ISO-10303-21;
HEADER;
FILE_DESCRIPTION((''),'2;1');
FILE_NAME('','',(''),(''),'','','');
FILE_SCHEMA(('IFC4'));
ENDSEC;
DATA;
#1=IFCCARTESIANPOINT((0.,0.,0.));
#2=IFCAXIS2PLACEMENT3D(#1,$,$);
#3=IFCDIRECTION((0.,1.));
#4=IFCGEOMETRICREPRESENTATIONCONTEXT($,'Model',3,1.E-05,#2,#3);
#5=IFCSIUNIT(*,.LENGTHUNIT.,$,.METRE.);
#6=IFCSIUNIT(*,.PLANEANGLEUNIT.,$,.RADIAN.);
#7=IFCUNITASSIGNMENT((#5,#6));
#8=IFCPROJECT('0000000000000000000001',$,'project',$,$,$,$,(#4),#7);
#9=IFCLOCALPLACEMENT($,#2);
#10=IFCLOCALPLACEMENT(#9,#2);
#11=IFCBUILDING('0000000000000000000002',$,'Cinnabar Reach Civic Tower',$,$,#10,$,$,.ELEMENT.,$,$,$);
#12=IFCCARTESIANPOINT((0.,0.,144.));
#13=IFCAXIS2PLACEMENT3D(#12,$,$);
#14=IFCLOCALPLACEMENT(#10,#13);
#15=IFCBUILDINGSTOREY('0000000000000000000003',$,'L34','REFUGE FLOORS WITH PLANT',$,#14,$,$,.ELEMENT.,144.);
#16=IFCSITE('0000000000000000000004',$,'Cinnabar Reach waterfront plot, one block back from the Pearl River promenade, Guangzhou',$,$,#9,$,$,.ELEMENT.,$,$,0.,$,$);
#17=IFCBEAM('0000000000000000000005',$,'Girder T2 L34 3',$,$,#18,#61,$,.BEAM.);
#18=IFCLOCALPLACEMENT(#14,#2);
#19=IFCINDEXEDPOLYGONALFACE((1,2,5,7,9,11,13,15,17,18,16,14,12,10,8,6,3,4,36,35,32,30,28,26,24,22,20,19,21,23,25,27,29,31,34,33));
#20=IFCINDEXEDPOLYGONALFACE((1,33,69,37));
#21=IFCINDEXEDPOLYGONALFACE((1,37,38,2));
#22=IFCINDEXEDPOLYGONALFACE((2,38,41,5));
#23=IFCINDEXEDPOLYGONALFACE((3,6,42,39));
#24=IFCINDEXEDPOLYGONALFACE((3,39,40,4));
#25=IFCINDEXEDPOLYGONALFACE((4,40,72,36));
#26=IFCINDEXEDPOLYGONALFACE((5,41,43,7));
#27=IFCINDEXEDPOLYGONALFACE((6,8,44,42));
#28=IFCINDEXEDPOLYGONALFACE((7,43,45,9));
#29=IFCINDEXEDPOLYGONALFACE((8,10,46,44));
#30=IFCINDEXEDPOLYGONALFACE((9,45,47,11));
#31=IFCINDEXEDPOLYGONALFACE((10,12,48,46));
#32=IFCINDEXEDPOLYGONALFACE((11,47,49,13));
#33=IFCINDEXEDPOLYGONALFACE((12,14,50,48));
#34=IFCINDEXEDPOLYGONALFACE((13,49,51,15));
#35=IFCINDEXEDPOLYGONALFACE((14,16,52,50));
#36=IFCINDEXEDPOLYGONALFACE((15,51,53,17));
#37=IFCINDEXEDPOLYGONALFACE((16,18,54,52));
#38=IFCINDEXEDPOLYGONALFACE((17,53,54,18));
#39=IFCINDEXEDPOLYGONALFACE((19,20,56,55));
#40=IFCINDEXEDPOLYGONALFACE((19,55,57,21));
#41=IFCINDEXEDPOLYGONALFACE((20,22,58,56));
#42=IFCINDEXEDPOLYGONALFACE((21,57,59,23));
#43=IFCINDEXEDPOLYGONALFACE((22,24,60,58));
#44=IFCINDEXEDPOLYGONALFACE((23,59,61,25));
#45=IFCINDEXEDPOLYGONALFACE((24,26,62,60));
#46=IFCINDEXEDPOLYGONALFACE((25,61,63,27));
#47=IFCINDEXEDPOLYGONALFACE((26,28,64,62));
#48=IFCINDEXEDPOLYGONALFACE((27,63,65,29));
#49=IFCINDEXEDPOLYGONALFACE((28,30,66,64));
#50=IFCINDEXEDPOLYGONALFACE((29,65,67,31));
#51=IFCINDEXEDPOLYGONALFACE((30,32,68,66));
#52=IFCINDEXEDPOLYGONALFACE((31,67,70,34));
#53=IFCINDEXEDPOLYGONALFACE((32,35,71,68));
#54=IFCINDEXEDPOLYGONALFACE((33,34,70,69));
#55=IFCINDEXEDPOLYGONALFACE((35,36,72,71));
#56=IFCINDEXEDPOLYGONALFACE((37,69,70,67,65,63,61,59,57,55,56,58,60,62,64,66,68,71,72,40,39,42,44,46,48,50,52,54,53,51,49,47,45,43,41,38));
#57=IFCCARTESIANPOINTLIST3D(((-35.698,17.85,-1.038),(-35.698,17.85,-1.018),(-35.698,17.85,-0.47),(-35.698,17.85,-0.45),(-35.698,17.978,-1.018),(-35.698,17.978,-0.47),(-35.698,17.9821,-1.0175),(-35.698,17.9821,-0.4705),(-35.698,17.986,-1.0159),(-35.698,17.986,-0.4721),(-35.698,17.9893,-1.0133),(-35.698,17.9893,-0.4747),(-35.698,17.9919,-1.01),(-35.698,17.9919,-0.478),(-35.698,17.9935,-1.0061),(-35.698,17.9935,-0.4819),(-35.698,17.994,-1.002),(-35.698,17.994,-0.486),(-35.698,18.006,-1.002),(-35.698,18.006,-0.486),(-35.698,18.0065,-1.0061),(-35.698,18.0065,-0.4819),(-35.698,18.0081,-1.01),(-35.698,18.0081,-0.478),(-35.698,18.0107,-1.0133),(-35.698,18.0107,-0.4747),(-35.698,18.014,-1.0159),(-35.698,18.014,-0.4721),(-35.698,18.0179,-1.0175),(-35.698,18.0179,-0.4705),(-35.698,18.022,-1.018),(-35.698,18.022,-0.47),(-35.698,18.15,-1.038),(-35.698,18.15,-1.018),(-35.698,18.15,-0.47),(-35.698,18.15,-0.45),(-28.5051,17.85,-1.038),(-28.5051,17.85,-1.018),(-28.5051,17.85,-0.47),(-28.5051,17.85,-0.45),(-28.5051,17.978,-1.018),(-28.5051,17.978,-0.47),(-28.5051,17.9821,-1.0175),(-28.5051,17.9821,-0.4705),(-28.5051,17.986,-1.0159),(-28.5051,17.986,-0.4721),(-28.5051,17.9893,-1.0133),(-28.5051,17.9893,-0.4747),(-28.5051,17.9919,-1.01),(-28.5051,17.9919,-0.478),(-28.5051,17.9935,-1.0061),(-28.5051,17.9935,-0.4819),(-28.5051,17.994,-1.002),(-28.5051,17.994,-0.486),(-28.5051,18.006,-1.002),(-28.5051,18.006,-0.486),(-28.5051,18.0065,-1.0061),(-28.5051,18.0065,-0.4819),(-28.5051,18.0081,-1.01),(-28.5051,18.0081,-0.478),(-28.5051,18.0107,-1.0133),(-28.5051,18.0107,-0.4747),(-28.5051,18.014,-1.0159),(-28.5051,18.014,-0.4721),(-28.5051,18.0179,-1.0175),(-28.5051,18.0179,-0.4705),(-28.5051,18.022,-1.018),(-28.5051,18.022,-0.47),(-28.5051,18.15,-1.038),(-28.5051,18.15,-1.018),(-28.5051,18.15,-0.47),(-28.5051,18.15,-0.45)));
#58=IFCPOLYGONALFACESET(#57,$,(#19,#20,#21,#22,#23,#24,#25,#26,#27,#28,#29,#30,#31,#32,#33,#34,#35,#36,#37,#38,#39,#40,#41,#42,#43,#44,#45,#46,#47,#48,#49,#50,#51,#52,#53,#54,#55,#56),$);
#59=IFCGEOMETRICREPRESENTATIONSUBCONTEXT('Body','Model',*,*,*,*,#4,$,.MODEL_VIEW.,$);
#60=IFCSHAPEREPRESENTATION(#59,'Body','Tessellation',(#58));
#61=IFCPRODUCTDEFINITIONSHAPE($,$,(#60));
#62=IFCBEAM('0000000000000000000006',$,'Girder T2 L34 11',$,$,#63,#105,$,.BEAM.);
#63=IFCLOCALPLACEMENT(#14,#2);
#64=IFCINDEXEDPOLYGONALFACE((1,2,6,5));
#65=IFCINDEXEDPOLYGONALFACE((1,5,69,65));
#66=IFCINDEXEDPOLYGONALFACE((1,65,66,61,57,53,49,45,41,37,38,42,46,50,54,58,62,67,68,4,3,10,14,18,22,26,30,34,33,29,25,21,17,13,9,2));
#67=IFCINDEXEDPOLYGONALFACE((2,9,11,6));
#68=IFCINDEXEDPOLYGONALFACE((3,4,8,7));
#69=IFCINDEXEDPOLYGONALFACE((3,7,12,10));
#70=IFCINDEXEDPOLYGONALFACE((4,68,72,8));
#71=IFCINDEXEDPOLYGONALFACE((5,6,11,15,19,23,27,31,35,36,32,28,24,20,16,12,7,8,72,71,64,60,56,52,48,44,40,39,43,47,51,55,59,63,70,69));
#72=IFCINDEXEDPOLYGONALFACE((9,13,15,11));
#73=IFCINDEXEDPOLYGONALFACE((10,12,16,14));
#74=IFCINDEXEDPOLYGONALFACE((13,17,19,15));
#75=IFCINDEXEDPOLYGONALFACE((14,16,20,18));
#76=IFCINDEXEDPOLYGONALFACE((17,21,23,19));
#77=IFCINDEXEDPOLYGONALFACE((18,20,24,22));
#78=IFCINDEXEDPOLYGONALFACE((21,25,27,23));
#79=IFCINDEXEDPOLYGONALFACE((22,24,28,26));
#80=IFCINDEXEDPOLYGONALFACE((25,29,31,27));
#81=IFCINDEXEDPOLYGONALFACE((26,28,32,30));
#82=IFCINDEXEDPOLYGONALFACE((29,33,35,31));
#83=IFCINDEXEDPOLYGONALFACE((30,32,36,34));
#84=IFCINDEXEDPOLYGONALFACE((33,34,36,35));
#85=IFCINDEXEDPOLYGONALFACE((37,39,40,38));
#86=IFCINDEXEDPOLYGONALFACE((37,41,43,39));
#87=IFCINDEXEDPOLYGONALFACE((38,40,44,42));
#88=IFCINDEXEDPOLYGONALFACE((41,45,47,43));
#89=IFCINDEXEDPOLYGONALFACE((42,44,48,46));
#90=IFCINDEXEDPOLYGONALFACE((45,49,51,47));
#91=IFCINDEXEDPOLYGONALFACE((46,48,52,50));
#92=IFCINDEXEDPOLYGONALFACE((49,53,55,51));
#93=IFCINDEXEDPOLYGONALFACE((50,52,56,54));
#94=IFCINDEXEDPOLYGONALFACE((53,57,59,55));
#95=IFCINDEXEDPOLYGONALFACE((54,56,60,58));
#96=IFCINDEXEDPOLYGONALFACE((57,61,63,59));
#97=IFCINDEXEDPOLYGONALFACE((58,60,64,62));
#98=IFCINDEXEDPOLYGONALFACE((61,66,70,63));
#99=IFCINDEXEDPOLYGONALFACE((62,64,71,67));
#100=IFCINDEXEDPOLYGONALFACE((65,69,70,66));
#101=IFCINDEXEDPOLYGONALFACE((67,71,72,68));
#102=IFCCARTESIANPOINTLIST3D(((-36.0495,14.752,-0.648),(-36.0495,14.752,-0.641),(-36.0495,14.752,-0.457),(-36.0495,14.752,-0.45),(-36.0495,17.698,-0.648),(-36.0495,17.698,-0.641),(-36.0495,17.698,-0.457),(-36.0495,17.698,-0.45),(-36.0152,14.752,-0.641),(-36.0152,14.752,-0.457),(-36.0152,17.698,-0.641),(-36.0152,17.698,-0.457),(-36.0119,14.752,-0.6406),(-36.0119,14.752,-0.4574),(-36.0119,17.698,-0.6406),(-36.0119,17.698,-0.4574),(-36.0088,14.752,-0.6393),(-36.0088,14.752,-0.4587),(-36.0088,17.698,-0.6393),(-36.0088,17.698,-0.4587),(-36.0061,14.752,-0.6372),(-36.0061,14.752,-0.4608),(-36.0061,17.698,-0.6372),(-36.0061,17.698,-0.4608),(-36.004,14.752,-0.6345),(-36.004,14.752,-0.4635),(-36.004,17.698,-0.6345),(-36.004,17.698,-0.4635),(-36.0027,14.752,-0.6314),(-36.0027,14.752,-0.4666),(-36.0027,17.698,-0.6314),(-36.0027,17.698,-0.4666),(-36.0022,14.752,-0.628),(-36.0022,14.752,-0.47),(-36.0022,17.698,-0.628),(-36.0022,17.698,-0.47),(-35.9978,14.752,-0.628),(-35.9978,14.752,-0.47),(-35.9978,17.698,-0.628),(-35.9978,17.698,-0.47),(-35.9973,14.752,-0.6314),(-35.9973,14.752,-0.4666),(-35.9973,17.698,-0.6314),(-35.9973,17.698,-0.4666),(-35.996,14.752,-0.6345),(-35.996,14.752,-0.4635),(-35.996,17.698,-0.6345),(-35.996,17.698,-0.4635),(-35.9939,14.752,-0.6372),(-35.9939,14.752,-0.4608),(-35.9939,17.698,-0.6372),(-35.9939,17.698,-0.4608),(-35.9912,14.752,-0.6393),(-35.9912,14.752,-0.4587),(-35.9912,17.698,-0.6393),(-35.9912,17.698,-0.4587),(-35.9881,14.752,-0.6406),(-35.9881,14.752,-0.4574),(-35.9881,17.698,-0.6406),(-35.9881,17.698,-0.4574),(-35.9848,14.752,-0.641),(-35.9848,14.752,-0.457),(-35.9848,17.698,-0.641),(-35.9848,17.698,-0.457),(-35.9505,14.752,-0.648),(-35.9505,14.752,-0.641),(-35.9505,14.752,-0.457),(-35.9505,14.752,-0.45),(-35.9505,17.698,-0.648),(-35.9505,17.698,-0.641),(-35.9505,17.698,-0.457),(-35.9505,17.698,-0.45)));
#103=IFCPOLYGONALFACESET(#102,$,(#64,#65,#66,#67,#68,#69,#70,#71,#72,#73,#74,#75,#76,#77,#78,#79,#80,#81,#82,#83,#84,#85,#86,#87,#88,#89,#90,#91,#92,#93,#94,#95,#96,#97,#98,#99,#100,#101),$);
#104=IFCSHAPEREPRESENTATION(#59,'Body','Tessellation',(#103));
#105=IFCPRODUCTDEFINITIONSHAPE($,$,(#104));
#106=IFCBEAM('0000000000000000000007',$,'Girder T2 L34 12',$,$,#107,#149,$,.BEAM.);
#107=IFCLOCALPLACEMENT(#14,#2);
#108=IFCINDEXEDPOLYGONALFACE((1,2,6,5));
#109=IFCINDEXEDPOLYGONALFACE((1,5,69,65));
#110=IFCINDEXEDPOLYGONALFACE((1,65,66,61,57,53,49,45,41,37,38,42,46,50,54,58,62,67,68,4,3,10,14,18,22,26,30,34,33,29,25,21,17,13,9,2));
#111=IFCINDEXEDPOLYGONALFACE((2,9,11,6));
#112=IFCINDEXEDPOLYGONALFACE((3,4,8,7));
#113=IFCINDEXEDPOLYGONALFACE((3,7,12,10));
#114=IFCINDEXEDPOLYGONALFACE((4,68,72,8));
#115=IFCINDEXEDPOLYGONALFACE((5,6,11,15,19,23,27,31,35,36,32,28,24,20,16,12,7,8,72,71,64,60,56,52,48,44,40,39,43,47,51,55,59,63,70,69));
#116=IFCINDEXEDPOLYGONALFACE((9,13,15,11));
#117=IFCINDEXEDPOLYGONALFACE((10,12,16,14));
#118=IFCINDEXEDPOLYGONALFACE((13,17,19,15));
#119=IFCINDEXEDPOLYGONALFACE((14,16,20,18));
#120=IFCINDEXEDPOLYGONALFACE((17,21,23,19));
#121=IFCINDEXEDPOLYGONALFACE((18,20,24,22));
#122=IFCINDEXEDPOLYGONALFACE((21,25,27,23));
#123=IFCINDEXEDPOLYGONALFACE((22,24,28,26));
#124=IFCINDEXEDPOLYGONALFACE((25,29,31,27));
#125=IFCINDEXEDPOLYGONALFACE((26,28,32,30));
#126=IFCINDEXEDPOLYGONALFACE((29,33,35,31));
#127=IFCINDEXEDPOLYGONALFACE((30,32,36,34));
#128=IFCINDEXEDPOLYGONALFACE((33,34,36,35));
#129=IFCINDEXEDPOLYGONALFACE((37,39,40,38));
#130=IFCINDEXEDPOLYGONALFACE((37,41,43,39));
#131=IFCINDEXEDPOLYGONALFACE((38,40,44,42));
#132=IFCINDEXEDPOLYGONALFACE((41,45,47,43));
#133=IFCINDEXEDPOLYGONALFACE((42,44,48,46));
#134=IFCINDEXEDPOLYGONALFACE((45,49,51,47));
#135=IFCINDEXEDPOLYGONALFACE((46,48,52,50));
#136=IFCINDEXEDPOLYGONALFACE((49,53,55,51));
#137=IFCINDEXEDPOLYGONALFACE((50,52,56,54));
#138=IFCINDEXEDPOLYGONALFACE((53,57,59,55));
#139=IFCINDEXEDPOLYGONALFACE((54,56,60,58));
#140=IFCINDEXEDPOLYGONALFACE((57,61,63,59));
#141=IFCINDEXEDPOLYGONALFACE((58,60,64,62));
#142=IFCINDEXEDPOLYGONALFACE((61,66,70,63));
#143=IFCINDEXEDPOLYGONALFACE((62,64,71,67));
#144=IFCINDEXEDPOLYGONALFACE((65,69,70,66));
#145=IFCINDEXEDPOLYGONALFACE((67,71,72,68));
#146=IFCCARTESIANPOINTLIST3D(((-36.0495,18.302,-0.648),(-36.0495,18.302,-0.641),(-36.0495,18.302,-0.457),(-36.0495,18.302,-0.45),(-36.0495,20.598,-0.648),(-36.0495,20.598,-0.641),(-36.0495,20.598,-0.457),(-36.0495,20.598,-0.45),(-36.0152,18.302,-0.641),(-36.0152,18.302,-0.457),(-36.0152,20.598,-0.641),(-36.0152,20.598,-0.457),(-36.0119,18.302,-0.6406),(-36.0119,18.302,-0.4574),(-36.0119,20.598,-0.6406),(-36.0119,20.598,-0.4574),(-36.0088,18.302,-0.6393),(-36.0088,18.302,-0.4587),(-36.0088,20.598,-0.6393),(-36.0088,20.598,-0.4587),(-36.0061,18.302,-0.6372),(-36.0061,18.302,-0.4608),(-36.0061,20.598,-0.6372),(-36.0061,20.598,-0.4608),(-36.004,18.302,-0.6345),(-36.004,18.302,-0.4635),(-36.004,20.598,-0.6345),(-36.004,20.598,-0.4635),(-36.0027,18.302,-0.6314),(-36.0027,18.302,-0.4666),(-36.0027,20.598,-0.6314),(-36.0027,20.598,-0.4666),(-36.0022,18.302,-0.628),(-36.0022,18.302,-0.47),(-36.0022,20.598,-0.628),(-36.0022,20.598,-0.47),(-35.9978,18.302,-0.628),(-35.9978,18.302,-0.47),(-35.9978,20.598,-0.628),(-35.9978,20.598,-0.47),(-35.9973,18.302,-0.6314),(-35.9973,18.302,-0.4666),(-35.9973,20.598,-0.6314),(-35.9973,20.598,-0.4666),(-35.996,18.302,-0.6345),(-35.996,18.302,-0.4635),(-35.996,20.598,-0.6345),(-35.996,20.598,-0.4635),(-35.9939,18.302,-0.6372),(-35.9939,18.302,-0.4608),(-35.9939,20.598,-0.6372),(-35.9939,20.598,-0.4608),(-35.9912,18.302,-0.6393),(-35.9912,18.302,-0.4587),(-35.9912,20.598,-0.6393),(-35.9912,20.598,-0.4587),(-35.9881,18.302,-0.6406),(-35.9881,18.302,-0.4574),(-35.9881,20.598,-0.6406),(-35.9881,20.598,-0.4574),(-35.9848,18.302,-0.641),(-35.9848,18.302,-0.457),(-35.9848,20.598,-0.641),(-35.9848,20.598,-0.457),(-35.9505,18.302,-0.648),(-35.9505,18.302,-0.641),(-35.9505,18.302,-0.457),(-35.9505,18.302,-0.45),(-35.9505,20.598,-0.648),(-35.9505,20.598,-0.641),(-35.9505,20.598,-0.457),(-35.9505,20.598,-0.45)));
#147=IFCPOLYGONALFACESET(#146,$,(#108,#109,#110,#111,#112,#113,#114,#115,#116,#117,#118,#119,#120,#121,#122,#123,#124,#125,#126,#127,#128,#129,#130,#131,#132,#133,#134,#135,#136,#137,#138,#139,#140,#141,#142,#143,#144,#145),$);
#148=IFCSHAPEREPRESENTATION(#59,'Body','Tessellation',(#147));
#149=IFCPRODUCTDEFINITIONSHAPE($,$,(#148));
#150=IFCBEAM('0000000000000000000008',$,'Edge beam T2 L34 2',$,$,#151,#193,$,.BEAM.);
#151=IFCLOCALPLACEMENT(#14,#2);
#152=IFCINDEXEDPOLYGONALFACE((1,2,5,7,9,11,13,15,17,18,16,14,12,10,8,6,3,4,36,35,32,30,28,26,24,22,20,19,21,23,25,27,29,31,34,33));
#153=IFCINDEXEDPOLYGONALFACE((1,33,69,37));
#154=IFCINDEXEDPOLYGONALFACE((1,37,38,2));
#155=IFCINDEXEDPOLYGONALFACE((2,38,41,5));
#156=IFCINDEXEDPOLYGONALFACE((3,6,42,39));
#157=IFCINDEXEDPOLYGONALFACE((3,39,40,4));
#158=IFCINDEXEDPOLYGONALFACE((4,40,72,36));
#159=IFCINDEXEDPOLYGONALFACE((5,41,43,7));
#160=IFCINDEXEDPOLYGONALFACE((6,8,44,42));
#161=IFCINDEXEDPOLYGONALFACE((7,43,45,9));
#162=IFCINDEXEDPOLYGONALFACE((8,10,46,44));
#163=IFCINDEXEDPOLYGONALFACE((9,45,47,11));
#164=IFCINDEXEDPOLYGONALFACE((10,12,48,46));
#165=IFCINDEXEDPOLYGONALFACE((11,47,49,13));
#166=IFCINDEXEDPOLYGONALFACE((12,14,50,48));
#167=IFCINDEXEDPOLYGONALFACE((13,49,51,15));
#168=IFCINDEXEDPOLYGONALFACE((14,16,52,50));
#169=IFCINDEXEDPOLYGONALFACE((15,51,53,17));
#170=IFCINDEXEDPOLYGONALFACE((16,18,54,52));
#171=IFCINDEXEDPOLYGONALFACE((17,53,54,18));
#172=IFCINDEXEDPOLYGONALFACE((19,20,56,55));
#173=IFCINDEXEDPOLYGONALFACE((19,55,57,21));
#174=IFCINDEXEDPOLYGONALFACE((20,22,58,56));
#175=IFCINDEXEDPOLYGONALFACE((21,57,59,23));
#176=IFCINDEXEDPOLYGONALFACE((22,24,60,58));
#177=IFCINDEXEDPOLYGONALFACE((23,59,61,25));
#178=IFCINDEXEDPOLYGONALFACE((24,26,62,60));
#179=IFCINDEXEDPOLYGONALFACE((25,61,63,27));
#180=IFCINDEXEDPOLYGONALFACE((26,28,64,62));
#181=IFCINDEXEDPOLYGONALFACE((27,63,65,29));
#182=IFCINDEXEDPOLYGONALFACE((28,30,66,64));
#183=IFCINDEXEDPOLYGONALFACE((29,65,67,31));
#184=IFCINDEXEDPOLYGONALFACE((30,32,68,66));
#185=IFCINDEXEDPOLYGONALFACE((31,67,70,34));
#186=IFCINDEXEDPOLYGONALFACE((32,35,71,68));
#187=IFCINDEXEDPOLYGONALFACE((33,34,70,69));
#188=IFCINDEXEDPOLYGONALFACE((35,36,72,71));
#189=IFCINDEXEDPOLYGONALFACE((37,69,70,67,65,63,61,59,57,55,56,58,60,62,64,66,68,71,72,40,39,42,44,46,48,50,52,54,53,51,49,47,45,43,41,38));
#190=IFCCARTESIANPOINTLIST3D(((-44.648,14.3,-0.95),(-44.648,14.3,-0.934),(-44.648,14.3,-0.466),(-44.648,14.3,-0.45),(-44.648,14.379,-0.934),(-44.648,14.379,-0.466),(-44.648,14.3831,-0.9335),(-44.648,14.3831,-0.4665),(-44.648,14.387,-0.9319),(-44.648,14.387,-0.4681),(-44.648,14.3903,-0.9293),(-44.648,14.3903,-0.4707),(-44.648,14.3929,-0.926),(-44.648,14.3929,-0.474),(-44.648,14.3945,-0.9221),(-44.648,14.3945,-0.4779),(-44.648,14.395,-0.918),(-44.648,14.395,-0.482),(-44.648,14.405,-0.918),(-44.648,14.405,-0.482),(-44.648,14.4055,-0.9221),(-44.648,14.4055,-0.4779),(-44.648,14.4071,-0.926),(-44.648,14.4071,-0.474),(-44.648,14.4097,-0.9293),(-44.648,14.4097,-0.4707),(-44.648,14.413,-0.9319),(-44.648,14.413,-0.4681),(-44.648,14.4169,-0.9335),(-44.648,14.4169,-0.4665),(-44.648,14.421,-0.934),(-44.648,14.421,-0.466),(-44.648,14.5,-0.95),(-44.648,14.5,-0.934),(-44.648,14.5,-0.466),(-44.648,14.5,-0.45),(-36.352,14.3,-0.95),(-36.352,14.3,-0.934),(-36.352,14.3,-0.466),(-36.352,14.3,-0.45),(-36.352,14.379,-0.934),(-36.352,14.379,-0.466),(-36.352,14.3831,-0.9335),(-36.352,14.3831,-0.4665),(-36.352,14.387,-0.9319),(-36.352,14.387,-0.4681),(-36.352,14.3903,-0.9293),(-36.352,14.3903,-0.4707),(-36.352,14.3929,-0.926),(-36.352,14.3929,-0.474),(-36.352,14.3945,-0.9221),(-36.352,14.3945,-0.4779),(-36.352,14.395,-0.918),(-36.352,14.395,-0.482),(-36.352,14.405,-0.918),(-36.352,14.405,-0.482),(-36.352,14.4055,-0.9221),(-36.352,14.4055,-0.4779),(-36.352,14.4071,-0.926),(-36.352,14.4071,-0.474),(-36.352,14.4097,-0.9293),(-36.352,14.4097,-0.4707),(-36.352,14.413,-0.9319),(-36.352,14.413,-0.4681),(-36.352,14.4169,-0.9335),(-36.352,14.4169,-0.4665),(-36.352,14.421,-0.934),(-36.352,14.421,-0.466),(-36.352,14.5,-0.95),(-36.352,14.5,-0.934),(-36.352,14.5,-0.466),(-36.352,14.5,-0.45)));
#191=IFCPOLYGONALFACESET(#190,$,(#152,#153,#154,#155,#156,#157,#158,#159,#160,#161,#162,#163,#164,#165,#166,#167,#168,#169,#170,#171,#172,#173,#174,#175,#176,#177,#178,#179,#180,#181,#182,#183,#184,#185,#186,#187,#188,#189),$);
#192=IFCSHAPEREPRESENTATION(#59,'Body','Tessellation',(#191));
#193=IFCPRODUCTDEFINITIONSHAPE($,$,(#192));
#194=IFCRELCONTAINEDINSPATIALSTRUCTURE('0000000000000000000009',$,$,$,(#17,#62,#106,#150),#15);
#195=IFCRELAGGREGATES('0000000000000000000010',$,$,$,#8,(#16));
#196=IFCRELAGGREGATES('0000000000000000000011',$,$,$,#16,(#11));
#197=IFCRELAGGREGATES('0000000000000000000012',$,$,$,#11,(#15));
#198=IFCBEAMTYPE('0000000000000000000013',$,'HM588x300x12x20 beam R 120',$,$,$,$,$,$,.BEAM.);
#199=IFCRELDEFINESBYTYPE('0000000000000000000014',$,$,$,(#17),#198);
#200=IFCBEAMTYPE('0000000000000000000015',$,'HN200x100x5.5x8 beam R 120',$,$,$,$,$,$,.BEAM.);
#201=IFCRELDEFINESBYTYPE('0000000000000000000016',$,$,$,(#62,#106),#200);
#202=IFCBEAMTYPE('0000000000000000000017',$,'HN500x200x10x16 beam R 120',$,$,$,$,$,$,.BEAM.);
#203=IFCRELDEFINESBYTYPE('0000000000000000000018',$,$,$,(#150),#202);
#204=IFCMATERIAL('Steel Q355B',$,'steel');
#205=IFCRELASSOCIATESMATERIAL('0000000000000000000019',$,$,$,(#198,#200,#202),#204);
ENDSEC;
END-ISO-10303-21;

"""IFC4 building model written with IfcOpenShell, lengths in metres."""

from ifc_helpers import new_model, si_unit, direction, frame, origin, origin_2d, place, context, subcontext, project, spatial, i_section, extrude, material, material_profile, profile_set, type_object, element, save


model = new_model("IFC4")

# Units and contexts
model_context = context("Model", 3, precision=1e-05, world=origin(), true_north=direction((0.0, 1.0)))
body_context = subcontext(model_context, "Body", "Model", "MODEL_VIEW")
ifc_project = project(units=[si_unit("LENGTHUNIT", "METRE"), si_unit("PLANEANGLEUNIT", "RADIAN")], contexts=[model_context])

# Site, building, storey
site_placement = place(None, origin())
site = spatial("IfcSite", under=ifc_project, at=site_placement, Name="Cinnabar Reach waterfront plot, one block back from the Pearl River promenade, Guangzhou", CompositionType="ELEMENT", RefElevation=0.0)
building_placement = place(site_placement, origin())
building = spatial("IfcBuilding", under=site, at=building_placement, Name="Cinnabar Reach Civic Tower", CompositionType="ELEMENT")
storey_placement = place(building_placement, frame((0.0, 0.0, 144.0)))
storey = spatial("IfcBuildingStorey", under=building, at=storey_placement, Name="L34", Description="REFUGE FLOORS WITH PLANT", CompositionType="ELEMENT", Elevation=144.0)

# Beams
ifc_material_1 = material(Name="Steel Q355B", Category="steel")
ifc_material_profile_1 = material_profile(ifc_material_1, i_section(OverallWidth=0.3, OverallDepth=0.588, WebThickness=0.012, FlangeThickness=0.02, FilletRadius=0.016, at=origin_2d()), Name="HM588x300x12x20")
ifc_profile_set_1 = profile_set([ifc_material_profile_1], Name="Steel Q355B")
beam_type_1 = type_object("IfcBeamType", Name="HM588x300x12x20 beam R 120", PredefinedType="BEAM", material=ifc_profile_set_1)
beam_1_placement = place(storey_placement, frame((-35.698, 18.0, -0.744), z_axis=(1.0, 0.0, 0.0), x_axis=(0.0, 1.0, 0.0)))
element("IfcBeam", 1, at=beam_1_placement, inside=storey, type_object=beam_type_1, Name="Girder T2 L34 3", PredefinedType="BEAM", context=body_context, shape_type="SweptSolid", body=[
    extrude(i_section(OverallWidth=0.3, OverallDepth=0.588, WebThickness=0.012, FlangeThickness=0.02, FilletRadius=0.016, at=origin_2d()), origin(), (0.0, 0.0, 1.0), 7.1929),
])
ifc_material_profile_2 = material_profile(ifc_material_1, i_section(OverallWidth=0.099, OverallDepth=0.198, WebThickness=0.0045, FlangeThickness=0.007, FilletRadius=0.013, at=origin_2d()), Name="HN200x100x5.5x8")
ifc_profile_set_2 = profile_set([ifc_material_profile_2], Name="Steel Q355B")
beam_type_2 = type_object("IfcBeamType", Name="HN200x100x5.5x8 beam R 120", PredefinedType="BEAM", material=ifc_profile_set_2)
beam_2_placement = place(storey_placement, frame((-36.0, 14.752, -0.549), z_axis=(0.0, 1.0, 0.0), x_axis=(-1.0, 0.0, 0.0)))
element("IfcBeam", 2, at=beam_2_placement, inside=storey, type_object=beam_type_2, Name="Girder T2 L34 11", PredefinedType="BEAM", context=body_context, shape_type="SweptSolid", body=[
    extrude(i_section(OverallWidth=0.099, OverallDepth=0.198, WebThickness=0.0045, FlangeThickness=0.007, FilletRadius=0.013, at=origin_2d()), origin(), (0.0, 0.0, 1.0), 2.946),
])
beam_3_placement = place(storey_placement, frame((-36.0, 18.302, -0.549), z_axis=(0.0, 1.0, 0.0), x_axis=(-1.0, 0.0, 0.0)))
element("IfcBeam", 3, at=beam_3_placement, inside=storey, type_object=beam_type_2, Name="Girder T2 L34 12", PredefinedType="BEAM", context=body_context, shape_type="SweptSolid", body=[
    extrude(i_section(OverallWidth=0.099, OverallDepth=0.198, WebThickness=0.0045, FlangeThickness=0.007, FilletRadius=0.013, at=origin_2d()), origin(), (0.0, 0.0, 1.0), 2.296),
])
ifc_material_profile_3 = material_profile(ifc_material_1, i_section(OverallWidth=0.2, OverallDepth=0.5, WebThickness=0.01, FlangeThickness=0.016, FilletRadius=0.016, at=origin_2d()), Name="HN500x200x10x16")
ifc_profile_set_3 = profile_set([ifc_material_profile_3], Name="Steel Q355B")
beam_type_3 = type_object("IfcBeamType", Name="HN500x200x10x16 beam R 120", PredefinedType="BEAM", material=ifc_profile_set_3)
beam_4_placement = place(storey_placement, frame((-44.648, 14.4, -0.7), z_axis=(1.0, 0.0, 0.0), x_axis=(0.0, 1.0, 0.0)))
element("IfcBeam", 4, at=beam_4_placement, inside=storey, type_object=beam_type_3, Name="Edge beam T2 L34 2", PredefinedType="BEAM", context=body_context, shape_type="SweptSolid", body=[
    extrude(i_section(OverallWidth=0.2, OverallDepth=0.5, WebThickness=0.01, FlangeThickness=0.016, FilletRadius=0.016, at=origin_2d()), origin(), (0.0, 0.0, 1.0), 8.296),
])

save(model, "model.ifc")
